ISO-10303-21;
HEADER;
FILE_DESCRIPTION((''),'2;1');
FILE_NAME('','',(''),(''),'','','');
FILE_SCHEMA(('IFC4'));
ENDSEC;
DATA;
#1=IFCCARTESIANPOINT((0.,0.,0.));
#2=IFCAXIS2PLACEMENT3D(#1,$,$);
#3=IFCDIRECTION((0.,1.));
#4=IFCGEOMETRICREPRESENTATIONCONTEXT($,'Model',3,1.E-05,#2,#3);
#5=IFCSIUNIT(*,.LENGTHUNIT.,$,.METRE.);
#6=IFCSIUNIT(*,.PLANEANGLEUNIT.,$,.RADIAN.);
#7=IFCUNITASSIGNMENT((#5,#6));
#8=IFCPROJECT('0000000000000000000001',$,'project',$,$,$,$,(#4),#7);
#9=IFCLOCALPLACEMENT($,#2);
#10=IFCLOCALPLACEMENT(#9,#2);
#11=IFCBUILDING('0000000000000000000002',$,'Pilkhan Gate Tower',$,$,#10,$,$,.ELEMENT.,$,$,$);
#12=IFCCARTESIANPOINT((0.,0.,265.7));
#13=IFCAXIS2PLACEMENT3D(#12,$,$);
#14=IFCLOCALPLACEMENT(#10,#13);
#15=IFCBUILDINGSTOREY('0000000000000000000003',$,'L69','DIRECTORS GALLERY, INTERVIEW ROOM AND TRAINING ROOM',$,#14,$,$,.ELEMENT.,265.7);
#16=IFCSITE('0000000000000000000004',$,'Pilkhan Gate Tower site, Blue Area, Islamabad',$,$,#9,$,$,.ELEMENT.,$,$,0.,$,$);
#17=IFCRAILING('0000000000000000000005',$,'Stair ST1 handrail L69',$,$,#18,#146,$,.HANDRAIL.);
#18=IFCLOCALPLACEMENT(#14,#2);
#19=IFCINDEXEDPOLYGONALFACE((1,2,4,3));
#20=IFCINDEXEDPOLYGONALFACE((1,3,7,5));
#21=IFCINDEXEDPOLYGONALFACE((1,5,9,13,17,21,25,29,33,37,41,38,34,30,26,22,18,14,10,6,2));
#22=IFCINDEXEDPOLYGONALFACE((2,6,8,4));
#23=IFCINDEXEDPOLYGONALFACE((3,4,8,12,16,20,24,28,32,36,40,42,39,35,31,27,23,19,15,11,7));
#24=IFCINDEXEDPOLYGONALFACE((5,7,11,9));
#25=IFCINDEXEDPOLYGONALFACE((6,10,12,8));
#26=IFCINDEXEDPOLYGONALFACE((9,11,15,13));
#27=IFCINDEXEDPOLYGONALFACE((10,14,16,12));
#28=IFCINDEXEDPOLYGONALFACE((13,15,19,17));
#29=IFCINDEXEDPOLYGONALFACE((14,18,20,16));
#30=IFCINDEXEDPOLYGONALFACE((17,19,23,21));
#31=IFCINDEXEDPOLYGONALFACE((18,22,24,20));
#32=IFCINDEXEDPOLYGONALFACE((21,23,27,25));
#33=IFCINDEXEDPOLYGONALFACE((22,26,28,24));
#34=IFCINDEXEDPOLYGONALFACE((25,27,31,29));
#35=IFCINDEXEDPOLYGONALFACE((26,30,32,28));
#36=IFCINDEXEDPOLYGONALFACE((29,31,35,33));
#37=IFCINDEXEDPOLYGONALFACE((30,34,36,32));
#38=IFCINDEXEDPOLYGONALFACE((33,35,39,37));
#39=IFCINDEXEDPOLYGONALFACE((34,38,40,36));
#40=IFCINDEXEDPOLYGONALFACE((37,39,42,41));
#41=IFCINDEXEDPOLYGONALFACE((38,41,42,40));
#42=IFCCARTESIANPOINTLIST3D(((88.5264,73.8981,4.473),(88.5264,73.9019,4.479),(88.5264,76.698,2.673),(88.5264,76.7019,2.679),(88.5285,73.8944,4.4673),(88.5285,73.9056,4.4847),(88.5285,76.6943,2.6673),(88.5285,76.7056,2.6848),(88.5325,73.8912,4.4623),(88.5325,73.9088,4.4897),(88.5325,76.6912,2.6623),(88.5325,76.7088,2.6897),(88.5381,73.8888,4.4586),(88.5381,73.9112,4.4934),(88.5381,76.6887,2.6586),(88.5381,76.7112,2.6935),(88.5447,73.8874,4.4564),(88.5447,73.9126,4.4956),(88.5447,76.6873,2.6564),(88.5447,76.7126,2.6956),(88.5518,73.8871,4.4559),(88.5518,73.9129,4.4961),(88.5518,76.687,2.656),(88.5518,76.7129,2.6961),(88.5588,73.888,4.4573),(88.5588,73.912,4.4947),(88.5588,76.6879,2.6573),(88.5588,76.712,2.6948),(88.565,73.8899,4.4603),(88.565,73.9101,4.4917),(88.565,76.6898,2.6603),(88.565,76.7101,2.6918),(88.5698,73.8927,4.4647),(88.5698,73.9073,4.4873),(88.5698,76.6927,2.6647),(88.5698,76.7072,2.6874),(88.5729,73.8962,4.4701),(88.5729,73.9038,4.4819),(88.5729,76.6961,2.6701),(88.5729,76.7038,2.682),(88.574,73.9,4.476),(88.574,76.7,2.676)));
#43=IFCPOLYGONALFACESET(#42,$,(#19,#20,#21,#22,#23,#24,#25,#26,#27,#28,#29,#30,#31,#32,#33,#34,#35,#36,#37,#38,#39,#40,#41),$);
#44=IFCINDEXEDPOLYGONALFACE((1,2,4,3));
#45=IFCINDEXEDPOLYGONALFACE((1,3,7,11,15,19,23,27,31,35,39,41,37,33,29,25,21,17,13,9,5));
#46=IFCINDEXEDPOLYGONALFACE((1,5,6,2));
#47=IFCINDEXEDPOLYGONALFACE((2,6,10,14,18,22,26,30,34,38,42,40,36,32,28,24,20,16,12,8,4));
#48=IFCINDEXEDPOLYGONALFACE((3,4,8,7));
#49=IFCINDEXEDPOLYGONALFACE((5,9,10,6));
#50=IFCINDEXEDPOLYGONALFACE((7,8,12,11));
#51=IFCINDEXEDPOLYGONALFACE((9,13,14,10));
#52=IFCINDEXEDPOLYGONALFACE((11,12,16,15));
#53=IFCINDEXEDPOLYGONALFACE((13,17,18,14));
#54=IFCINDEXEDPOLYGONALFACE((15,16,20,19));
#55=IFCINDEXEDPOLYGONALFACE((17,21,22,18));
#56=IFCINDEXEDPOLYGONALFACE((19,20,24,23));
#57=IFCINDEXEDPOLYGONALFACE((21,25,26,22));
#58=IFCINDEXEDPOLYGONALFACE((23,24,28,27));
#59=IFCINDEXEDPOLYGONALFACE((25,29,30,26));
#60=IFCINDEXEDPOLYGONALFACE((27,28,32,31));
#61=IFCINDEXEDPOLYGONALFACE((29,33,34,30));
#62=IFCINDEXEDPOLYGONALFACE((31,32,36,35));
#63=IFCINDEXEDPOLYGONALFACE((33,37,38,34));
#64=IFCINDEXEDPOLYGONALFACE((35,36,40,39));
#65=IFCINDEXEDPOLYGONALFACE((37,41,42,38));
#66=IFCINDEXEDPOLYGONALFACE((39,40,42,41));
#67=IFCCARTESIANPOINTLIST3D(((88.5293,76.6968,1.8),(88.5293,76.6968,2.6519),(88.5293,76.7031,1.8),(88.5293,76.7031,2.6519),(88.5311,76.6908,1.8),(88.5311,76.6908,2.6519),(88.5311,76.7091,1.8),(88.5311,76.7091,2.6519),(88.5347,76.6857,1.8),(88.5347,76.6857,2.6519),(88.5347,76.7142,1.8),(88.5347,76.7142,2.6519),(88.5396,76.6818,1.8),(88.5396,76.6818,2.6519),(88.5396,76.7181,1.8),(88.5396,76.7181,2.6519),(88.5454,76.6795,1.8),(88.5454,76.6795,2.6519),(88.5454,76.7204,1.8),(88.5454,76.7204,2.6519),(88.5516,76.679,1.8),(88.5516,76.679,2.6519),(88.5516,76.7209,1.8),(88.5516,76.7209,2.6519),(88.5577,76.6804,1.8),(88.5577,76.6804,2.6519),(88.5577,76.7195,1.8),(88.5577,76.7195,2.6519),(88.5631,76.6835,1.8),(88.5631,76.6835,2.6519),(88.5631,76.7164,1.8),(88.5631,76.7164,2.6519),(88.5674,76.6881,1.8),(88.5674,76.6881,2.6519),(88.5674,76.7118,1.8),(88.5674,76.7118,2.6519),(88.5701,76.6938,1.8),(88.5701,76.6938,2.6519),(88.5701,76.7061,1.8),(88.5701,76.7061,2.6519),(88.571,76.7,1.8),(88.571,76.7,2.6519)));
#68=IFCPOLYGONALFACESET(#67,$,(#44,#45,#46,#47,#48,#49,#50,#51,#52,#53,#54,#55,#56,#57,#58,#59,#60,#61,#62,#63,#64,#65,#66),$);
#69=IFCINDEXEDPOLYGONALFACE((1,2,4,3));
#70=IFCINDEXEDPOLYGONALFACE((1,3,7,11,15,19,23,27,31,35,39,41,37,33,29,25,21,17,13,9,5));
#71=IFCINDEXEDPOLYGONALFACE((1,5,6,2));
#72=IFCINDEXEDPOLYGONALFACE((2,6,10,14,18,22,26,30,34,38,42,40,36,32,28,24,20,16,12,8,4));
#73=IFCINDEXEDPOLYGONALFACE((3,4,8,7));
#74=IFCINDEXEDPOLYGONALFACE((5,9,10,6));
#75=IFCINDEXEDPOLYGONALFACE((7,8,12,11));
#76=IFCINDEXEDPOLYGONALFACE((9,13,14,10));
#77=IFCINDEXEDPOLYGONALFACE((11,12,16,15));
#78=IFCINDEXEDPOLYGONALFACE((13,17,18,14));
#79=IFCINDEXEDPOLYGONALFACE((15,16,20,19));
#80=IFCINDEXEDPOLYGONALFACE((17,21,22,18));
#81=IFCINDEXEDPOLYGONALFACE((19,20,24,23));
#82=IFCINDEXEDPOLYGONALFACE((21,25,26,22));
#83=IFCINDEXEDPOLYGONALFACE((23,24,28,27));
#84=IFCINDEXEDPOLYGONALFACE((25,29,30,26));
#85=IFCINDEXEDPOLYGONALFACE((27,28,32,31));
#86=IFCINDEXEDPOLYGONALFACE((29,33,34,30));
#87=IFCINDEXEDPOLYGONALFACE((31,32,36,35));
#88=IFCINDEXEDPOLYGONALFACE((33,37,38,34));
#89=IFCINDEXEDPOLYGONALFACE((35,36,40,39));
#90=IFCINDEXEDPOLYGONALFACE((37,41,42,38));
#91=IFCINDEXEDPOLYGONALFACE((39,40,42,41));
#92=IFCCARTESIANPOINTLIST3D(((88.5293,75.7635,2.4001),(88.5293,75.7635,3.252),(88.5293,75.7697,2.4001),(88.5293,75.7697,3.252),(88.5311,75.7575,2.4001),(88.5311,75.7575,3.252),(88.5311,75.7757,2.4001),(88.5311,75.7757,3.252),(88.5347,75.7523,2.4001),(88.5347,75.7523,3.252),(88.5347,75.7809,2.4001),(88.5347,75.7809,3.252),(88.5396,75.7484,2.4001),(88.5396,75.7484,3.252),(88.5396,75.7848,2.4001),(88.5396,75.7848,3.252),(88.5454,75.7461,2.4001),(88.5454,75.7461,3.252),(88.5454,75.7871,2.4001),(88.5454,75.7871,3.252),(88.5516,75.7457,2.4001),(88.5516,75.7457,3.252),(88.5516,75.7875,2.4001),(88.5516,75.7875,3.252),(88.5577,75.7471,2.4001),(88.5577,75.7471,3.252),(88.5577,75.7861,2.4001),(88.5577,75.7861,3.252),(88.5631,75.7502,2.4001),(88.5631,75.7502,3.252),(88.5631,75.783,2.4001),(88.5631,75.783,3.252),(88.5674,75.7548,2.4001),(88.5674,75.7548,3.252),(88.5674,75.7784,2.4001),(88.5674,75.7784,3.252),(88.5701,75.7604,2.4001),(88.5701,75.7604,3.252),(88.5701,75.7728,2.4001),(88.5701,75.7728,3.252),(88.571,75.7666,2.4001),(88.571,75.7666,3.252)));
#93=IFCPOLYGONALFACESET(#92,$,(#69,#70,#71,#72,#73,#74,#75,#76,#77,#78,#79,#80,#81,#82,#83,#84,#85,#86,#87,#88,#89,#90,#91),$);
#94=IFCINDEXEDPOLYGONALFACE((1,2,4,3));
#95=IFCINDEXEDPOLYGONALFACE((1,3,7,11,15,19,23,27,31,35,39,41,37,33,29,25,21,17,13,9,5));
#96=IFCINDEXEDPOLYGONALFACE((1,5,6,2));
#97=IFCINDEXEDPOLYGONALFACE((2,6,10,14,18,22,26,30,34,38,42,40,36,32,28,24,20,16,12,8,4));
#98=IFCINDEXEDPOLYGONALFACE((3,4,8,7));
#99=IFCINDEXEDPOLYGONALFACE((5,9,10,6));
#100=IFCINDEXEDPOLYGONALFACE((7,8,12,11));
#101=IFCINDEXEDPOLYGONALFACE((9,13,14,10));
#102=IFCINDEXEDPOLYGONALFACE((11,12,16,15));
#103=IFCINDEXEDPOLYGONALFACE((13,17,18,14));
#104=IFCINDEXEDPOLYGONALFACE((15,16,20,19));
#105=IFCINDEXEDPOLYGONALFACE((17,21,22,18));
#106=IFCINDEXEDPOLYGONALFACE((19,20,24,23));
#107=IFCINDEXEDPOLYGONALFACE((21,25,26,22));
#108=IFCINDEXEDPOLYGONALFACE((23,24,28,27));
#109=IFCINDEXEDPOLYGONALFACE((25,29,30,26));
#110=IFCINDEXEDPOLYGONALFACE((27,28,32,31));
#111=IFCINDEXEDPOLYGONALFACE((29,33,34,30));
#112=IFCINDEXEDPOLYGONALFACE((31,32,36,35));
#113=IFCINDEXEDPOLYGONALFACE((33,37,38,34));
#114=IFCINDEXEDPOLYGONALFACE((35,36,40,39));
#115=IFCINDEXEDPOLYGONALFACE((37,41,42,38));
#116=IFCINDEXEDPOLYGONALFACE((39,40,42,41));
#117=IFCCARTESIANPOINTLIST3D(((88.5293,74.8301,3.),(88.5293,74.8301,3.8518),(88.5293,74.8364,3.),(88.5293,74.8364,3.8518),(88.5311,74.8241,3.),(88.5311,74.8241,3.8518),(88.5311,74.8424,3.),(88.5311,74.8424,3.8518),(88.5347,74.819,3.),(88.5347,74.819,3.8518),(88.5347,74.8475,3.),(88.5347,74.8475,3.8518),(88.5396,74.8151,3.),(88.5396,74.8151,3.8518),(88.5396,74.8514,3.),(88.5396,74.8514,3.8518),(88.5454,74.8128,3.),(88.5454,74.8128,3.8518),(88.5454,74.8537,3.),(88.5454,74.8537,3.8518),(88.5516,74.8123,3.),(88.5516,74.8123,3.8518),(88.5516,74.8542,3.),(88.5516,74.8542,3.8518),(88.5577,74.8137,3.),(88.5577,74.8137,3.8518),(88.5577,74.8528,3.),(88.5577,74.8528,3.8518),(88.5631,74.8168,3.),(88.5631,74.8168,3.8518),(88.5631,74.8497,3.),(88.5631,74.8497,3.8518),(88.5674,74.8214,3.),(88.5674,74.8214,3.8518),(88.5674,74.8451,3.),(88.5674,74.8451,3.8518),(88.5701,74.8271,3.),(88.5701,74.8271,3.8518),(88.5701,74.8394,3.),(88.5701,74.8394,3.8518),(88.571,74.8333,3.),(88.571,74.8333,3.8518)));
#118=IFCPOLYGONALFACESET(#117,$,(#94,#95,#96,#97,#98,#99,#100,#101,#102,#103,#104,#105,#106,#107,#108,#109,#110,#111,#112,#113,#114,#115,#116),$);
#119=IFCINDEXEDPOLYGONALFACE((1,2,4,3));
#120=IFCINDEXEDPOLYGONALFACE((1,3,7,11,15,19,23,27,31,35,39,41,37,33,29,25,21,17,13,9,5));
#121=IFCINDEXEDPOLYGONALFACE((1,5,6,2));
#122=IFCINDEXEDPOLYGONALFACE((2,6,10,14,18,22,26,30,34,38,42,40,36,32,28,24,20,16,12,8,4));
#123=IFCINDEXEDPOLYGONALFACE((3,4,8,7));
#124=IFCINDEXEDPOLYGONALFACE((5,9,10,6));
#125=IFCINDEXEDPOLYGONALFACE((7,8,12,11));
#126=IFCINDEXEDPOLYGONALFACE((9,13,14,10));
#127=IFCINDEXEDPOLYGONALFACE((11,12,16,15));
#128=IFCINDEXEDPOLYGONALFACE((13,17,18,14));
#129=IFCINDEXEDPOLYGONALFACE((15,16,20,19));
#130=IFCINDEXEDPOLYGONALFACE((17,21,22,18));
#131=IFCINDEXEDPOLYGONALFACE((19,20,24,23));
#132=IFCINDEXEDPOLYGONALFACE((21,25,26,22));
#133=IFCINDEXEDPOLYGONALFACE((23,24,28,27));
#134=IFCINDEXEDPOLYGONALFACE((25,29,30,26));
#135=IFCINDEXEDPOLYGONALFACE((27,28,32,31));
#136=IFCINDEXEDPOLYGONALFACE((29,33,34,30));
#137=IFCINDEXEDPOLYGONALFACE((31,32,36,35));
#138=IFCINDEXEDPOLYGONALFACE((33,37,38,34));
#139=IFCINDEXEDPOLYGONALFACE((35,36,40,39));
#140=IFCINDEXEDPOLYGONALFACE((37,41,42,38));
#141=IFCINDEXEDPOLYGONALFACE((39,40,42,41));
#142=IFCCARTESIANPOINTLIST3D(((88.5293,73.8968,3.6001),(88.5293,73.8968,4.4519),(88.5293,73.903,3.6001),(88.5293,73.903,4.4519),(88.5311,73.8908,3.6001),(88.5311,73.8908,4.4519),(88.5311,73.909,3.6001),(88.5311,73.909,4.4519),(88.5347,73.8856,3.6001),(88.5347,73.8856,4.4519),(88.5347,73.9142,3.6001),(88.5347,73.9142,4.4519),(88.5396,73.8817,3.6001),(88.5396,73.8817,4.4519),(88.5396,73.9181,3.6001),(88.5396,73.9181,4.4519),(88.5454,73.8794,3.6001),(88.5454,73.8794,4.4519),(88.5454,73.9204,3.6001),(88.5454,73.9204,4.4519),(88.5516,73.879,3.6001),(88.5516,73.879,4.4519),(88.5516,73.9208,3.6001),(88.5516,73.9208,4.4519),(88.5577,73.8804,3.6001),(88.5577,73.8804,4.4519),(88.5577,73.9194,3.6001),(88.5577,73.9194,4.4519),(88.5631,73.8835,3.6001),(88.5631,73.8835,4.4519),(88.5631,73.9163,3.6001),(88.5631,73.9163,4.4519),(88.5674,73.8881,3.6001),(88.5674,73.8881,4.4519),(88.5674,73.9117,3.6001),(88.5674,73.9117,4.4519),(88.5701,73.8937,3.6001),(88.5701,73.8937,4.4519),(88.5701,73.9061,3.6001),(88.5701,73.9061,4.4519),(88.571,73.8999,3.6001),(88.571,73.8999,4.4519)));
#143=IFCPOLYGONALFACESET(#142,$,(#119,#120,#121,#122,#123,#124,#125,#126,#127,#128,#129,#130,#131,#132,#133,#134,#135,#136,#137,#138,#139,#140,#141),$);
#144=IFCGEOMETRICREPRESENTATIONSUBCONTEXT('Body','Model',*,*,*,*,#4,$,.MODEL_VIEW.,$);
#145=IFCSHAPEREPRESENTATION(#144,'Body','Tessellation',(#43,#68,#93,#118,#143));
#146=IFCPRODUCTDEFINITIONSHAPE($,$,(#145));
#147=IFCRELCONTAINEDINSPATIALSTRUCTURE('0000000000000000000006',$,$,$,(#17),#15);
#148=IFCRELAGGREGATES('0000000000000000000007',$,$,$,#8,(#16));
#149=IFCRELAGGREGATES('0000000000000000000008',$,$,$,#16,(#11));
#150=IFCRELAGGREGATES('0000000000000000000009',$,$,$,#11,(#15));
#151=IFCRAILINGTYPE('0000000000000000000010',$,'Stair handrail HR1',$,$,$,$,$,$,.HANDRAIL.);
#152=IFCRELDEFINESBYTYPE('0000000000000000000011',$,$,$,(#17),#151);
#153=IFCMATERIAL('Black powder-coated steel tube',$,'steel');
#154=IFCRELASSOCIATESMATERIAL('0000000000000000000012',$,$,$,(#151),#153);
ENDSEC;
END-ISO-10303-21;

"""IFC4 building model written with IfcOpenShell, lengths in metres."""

from ifc_helpers import new_model, si_unit, direction, frame, origin, origin_2d, place, context, subcontext, project, spatial, circle, extrude, material, type_object, element, save


model = new_model("IFC4")

# Units and contexts
model_context = context("Model", 3, precision=1e-05, world=origin(), true_north=direction((0.0, 1.0)))
body_context = subcontext(model_context, "Body", "Model", "MODEL_VIEW")
ifc_project = project(units=[si_unit("LENGTHUNIT", "METRE"), si_unit("PLANEANGLEUNIT", "RADIAN")], contexts=[model_context])

# Site, building, storey
site_placement = place(None, origin())
site = spatial("IfcSite", under=ifc_project, at=site_placement, Name="Pilkhan Gate Tower site, Blue Area, Islamabad", CompositionType="ELEMENT", RefElevation=0.0)
building_placement = place(site_placement, origin())
building = spatial("IfcBuilding", under=site, at=building_placement, Name="Pilkhan Gate Tower", CompositionType="ELEMENT")
storey_placement = place(building_placement, frame((0.0, 0.0, 265.7)))
storey = spatial("IfcBuildingStorey", under=building, at=storey_placement, Name="L69", Description="DIRECTORS GALLERY, INTERVIEW ROOM AND TRAINING ROOM", CompositionType="ELEMENT", Elevation=265.7)

# Railing
ifc_material_1 = material(Name="Black powder-coated steel tube", Category="steel")
railing_type_1 = type_object("IfcRailingType", Name="Stair handrail HR1", PredefinedType="HANDRAIL", material=ifc_material_1)
railing_1_placement = place(storey_placement, frame((88.55, 76.7, 1.8)))
element("IfcRailing", 1, at=railing_1_placement, inside=storey, type_object=railing_type_1, Name="Stair ST1 handrail L69", PredefinedType="HANDRAIL", context=body_context, shape_type="SweptSolid", body=[
    extrude(circle(Radius=0.0239, at=origin_2d()), frame((0.0, 0.0, 0.876), z_axis=(0.0, -0.841176, 0.540761), x_axis=(1.0, 0.0, 0.0)), (0.0, 0.0, 1.0), 3.3286),
    extrude(circle(Radius=0.021, at=origin_2d()), origin(), (0.0, 0.0, 1.0), 0.8518),
    extrude(circle(Radius=0.021, at=origin_2d()), frame((0.0, -0.9333, 0.6001)), (0.0, 0.0, 1.0), 0.8518),
    extrude(circle(Radius=0.021, at=origin_2d()), frame((0.0, -1.8667, 1.2)), (0.0, 0.0, 1.0), 0.8518),
    extrude(circle(Radius=0.021, at=origin_2d()), frame((0.0, -2.8, 1.8)), (0.0, 0.0, 1.0), 0.8518),
])

save(model, "model.ifc")
